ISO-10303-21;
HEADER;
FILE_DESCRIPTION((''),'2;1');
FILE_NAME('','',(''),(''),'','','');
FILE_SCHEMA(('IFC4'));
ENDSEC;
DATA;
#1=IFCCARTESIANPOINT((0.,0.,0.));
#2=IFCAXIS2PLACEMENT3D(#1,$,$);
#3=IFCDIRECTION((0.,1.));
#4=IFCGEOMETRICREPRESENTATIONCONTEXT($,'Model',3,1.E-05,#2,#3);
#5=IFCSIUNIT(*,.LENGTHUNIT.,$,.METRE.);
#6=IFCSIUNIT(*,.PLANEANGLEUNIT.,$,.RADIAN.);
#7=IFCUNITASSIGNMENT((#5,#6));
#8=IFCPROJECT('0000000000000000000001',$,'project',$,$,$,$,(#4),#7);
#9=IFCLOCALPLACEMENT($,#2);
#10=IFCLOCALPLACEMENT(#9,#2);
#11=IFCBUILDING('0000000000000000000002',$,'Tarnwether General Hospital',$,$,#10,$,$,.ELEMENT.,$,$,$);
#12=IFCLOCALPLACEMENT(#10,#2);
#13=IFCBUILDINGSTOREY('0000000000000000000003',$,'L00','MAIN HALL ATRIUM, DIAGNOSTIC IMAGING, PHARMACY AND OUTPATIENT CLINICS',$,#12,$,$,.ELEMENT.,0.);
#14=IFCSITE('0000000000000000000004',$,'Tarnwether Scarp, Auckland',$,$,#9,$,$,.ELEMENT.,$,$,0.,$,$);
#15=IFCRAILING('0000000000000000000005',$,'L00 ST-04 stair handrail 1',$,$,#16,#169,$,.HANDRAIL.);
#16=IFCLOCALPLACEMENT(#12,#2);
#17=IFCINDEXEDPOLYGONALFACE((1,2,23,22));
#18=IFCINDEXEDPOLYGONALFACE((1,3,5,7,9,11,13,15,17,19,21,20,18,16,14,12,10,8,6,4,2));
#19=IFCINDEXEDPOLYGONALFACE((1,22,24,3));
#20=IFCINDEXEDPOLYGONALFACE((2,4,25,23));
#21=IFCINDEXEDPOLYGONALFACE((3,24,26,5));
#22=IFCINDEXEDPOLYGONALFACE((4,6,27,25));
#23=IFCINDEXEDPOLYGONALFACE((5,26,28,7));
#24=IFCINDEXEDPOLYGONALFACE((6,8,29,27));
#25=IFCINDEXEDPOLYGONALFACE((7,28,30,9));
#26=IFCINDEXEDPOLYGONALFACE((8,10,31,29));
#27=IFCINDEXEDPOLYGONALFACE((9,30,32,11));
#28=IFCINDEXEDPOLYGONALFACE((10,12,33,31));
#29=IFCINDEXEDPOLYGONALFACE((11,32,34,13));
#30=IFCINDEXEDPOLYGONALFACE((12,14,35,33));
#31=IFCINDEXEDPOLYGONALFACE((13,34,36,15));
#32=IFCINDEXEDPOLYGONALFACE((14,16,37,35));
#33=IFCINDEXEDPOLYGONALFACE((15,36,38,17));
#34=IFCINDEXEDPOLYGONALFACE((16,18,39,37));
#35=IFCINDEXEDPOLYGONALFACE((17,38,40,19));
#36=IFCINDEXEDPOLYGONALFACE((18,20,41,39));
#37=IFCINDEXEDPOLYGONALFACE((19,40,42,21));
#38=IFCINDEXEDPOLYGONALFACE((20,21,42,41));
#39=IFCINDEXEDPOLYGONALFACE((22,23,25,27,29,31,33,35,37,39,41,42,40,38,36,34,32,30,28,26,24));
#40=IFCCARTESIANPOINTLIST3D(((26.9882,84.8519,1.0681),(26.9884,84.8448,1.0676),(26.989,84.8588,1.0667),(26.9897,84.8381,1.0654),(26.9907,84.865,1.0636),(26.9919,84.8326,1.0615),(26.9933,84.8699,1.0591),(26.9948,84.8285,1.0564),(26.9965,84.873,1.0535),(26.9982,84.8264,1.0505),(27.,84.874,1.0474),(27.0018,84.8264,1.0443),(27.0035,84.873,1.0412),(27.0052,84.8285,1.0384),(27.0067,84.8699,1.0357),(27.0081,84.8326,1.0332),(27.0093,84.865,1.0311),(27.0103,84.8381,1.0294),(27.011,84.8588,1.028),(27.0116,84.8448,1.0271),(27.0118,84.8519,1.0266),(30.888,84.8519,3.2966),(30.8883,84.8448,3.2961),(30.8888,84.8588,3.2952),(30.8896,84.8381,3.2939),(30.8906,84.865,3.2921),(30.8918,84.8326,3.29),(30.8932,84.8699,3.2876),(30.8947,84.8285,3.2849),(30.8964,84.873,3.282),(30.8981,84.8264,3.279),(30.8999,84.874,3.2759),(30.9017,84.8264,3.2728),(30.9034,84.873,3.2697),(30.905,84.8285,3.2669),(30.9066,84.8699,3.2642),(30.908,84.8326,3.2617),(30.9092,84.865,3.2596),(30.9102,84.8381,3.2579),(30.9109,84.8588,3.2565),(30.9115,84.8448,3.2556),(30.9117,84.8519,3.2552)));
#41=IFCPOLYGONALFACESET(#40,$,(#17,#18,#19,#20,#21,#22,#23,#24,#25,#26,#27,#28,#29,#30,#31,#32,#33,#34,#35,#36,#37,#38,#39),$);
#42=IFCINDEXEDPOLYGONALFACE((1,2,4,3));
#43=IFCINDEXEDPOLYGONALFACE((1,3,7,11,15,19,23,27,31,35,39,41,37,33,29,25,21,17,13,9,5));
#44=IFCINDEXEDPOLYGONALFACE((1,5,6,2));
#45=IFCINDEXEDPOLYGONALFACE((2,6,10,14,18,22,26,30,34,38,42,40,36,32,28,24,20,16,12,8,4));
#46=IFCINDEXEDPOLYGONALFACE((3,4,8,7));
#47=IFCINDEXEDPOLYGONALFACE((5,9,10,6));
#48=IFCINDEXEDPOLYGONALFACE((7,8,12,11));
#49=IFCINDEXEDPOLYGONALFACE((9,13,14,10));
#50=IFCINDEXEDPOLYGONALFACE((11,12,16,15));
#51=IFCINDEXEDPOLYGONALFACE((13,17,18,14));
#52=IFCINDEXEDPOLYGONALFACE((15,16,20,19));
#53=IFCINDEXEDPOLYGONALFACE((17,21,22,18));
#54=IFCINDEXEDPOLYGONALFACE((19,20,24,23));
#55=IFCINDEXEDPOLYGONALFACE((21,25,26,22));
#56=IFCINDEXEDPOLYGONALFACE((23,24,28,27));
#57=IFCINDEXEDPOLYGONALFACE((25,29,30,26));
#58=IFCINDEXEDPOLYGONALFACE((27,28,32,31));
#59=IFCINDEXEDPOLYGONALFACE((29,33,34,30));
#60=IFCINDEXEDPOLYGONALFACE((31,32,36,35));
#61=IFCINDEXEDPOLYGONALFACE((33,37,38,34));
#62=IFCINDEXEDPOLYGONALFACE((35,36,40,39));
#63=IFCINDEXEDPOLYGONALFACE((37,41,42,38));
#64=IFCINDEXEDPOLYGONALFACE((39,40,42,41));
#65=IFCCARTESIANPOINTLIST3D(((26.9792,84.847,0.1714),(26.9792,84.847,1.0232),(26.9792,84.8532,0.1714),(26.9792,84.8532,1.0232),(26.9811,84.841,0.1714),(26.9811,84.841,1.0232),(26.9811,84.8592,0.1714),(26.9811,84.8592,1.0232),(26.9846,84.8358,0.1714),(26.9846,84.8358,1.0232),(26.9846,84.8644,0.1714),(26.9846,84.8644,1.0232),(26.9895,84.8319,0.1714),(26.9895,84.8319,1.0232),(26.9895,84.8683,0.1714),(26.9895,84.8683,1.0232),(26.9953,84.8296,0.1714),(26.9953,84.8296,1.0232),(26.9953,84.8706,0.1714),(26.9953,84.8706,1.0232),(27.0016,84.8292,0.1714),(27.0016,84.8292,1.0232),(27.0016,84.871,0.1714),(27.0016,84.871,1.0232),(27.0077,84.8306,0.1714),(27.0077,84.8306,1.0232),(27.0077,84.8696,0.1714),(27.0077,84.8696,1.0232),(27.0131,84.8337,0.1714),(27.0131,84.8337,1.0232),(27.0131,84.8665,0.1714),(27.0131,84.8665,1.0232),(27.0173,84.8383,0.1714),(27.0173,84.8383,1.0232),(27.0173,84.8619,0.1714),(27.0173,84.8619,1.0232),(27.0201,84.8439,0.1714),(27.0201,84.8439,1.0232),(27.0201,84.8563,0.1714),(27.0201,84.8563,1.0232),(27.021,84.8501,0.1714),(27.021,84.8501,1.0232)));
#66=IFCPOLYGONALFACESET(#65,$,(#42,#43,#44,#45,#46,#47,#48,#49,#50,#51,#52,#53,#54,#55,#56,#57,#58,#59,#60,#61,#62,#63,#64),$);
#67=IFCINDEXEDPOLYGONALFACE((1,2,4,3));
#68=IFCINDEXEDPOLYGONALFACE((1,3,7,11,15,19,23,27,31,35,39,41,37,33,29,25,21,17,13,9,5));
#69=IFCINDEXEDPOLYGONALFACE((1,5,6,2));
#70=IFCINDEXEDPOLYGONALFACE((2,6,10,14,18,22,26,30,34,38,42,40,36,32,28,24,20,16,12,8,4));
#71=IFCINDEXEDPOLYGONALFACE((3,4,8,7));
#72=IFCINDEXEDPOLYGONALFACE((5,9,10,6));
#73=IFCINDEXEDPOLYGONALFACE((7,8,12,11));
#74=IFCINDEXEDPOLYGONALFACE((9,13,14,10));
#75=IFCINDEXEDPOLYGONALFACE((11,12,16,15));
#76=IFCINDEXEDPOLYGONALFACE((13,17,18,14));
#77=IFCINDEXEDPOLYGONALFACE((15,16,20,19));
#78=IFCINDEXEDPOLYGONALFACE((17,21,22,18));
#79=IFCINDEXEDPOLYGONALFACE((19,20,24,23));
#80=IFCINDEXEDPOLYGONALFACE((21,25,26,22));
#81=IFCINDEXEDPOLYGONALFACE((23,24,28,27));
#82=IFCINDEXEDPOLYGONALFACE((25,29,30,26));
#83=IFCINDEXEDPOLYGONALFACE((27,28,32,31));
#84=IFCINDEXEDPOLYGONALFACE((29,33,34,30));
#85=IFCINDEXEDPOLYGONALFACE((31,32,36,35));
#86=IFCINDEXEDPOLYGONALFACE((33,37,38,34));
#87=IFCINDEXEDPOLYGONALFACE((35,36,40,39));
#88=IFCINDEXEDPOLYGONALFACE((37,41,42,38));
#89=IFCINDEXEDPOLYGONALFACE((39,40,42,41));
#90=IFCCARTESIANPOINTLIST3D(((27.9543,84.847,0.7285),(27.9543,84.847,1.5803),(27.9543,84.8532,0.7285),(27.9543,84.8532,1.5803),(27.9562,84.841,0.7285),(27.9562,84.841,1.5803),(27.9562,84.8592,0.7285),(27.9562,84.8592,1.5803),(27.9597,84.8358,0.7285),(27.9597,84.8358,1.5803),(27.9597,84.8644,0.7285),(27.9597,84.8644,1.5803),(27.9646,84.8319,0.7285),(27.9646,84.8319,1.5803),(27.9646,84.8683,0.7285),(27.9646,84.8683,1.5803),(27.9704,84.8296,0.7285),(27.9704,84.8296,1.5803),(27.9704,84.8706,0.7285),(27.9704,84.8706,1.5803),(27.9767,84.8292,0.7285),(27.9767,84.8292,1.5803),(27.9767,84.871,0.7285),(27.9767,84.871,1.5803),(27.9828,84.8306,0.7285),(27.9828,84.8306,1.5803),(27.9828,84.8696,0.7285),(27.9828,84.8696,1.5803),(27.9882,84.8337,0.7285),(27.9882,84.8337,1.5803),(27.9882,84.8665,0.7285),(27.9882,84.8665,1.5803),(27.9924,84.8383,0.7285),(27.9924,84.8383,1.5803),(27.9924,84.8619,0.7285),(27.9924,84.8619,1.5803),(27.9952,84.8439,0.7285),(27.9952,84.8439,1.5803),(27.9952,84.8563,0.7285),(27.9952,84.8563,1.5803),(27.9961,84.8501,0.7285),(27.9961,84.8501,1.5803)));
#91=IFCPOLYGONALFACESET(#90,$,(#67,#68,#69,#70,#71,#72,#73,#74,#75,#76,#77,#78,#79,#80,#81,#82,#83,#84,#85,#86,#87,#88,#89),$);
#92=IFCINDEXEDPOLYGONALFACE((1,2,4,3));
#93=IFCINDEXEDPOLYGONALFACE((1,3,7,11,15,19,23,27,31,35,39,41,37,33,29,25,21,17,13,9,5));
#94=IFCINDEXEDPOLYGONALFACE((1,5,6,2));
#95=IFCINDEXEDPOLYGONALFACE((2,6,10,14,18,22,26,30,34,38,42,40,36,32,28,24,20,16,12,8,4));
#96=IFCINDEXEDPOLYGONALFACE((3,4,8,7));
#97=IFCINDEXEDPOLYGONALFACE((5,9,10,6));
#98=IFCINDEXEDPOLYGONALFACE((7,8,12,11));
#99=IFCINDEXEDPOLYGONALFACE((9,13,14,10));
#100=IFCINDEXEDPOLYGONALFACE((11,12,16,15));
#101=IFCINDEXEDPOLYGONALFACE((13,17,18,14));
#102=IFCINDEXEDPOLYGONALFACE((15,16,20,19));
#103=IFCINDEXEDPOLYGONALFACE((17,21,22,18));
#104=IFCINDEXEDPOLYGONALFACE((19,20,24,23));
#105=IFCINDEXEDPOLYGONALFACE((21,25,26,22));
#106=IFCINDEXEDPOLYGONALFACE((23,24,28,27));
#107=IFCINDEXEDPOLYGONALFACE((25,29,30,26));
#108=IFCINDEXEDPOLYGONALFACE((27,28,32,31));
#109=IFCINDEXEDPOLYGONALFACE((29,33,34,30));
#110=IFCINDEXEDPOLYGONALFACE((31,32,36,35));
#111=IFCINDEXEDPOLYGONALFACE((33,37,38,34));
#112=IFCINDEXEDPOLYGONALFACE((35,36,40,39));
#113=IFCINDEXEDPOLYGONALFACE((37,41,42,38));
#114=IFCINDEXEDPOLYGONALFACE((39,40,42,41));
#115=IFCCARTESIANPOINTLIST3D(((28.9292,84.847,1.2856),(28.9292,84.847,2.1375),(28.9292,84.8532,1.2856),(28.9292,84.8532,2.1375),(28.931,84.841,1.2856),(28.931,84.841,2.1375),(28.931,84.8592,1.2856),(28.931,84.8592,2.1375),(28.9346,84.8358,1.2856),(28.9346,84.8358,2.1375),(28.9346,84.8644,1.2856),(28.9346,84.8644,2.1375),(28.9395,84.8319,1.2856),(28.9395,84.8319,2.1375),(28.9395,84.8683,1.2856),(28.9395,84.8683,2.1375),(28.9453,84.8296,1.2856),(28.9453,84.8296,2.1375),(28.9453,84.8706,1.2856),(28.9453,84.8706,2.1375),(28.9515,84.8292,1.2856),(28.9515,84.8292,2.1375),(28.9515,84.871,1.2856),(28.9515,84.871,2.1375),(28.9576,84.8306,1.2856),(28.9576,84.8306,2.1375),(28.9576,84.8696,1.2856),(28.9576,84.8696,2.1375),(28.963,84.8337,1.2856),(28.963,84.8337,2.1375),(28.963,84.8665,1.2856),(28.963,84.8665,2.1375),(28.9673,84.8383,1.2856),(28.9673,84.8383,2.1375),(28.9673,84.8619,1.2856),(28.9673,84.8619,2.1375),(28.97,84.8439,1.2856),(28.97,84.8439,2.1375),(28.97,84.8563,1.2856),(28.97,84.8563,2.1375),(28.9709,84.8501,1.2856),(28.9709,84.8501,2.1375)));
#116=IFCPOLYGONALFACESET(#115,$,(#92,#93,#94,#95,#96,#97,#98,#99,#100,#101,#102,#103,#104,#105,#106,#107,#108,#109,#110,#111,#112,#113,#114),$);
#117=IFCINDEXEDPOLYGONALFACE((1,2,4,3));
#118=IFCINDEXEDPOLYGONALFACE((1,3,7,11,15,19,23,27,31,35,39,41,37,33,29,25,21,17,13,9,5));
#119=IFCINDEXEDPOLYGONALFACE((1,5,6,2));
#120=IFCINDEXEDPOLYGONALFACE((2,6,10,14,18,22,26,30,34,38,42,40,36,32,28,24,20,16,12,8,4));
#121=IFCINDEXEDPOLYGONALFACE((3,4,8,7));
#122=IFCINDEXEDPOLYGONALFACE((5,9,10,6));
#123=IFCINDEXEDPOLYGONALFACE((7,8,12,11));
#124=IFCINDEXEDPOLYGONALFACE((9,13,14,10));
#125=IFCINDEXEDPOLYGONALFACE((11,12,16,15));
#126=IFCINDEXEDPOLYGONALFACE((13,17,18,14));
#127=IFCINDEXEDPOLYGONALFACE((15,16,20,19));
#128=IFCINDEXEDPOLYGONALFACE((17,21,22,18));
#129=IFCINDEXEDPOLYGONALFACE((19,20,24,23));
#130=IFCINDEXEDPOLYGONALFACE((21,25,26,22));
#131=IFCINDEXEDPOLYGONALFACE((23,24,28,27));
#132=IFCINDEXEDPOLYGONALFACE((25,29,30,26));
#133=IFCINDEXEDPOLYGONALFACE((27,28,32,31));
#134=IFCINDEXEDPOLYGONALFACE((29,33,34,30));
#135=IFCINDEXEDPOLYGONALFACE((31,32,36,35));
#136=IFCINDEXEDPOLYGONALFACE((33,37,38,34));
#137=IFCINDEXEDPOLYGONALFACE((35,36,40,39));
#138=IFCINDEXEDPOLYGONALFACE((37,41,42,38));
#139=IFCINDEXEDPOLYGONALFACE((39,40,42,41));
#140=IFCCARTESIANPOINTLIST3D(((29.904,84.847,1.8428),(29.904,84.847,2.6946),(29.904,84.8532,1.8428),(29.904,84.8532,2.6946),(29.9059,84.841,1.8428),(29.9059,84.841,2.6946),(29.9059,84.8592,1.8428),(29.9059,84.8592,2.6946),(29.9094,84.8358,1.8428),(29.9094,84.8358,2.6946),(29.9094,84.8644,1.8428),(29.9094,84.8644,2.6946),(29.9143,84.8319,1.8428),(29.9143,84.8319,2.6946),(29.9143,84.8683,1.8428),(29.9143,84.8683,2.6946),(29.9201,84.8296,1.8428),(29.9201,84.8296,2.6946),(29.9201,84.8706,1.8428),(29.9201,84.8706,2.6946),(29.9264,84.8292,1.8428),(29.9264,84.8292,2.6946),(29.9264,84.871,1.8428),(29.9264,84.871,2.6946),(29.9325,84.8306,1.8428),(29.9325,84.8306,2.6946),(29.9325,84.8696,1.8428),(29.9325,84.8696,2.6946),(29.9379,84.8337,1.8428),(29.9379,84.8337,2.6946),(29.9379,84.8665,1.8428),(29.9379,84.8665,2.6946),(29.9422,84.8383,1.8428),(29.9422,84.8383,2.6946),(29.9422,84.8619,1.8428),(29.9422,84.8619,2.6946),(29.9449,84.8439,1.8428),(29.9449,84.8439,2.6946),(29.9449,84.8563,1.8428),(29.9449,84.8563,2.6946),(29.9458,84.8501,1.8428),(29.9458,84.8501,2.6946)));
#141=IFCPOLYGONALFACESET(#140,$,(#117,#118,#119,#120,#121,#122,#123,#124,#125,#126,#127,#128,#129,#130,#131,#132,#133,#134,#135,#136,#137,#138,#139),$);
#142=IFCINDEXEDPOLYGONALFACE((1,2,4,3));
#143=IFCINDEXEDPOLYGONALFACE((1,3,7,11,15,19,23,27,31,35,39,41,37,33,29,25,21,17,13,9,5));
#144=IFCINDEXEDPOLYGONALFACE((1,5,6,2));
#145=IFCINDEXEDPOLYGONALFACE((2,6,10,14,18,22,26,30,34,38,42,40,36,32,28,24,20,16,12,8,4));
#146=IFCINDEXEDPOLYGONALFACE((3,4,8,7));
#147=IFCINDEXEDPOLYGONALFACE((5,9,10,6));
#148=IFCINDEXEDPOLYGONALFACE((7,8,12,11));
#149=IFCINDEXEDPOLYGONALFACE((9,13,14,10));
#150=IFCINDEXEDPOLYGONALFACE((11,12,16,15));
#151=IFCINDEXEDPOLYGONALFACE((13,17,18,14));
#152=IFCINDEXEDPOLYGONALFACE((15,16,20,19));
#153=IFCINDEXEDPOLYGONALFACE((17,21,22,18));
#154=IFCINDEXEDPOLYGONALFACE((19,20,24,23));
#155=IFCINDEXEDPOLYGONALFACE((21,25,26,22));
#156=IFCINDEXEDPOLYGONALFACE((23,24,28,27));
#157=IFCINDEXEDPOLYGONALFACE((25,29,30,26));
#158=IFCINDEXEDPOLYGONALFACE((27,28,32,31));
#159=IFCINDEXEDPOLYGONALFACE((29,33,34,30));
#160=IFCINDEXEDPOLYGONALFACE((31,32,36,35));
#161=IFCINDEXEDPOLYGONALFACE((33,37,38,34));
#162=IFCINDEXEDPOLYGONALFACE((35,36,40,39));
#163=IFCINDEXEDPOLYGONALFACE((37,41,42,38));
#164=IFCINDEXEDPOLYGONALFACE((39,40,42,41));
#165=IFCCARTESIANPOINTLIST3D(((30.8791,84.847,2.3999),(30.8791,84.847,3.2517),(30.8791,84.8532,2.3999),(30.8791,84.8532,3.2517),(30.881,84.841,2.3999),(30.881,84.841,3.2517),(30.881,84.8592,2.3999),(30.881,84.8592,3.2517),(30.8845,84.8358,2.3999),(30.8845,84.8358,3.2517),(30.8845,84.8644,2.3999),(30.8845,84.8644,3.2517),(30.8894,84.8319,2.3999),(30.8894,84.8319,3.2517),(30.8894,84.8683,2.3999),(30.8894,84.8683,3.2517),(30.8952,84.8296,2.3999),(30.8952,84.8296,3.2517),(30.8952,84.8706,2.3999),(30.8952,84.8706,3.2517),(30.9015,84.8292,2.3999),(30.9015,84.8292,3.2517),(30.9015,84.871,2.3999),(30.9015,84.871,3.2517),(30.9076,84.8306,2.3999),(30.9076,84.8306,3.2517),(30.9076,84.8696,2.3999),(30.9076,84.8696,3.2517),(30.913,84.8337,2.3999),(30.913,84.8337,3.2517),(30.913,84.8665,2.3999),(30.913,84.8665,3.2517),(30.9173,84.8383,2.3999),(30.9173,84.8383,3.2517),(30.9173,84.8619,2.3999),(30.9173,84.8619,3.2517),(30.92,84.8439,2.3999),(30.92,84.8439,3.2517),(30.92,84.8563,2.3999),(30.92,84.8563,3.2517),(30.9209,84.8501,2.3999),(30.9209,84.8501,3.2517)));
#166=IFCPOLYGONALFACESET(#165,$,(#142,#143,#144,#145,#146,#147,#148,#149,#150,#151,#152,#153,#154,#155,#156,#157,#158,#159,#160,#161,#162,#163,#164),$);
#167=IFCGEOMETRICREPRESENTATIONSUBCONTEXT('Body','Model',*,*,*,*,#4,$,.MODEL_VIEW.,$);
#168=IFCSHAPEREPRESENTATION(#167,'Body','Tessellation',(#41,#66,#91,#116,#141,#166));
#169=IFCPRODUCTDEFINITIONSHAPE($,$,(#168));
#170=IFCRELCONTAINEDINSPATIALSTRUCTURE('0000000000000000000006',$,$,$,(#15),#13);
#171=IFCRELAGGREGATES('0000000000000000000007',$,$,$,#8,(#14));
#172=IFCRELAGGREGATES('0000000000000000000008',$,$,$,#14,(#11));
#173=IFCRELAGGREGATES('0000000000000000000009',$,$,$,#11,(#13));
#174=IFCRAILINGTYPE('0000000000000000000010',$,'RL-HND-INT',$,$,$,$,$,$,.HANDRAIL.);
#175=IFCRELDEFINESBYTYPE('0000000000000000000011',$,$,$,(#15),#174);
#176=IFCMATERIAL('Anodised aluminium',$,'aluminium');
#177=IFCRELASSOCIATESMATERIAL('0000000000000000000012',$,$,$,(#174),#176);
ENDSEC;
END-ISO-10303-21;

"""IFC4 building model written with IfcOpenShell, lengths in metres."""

from ifc_helpers import new_model, si_unit, direction, frame, origin, origin_2d, place, context, subcontext, project, spatial, circle, extrude, material, type_object, element, save


model = new_model("IFC4")

# Units and contexts
model_context = context("Model", 3, precision=1e-05, world=origin(), true_north=direction((0.0, 1.0)))
body_context = subcontext(model_context, "Body", "Model", "MODEL_VIEW")
ifc_project = project(units=[si_unit("LENGTHUNIT", "METRE"), si_unit("PLANEANGLEUNIT", "RADIAN")], contexts=[model_context])

# Site, building, storey
site_placement = place(None, origin())
site = spatial("IfcSite", under=ifc_project, at=site_placement, Name="Tarnwether Scarp, Auckland", CompositionType="ELEMENT", RefElevation=0.0)
building_placement = place(site_placement, origin())
building = spatial("IfcBuilding", under=site, at=building_placement, Name="Tarnwether General Hospital", CompositionType="ELEMENT")
storey_placement = place(building_placement, origin())
storey = spatial("IfcBuildingStorey", under=building, at=storey_placement, Name="L00", Description="MAIN HALL ATRIUM, DIAGNOSTIC IMAGING, PHARMACY AND OUTPATIENT CLINICS", CompositionType="ELEMENT", Elevation=0.0)

# Railing
ifc_material_1 = material(Name="Anodised aluminium", Category="aluminium")
railing_type_1 = type_object("IfcRailingType", Name="RL-HND-INT", PredefinedType="HANDRAIL", material=ifc_material_1)
railing_1_placement = place(storey_placement, frame((27.0, 84.8501, 0.1714)))
element("IfcRailing", 1, at=railing_1_placement, inside=storey, type_object=railing_type_1, Name="L00 ST-04 stair handrail 1", PredefinedType="HANDRAIL", context=body_context, shape_type="SweptSolid", body=[
    extrude(circle(Radius=0.0239, at=origin_2d()), frame((0.0, 0.0, 0.876), z_axis=(0.868243, 0.0, 0.496139), x_axis=(0.0, 1.0, 0.0)), (0.0, 0.0, 1.0), 4.4917),
    extrude(circle(Radius=0.021, at=origin_2d()), origin(), (0.0, 0.0, 1.0), 0.8518),
    extrude(circle(Radius=0.021, at=origin_2d()), frame((0.9751, 0.0, 0.5571)), (0.0, 0.0, 1.0), 0.8518),
    extrude(circle(Radius=0.021, at=origin_2d()), frame((1.95, 0.0, 1.1143)), (0.0, 0.0, 1.0), 0.8518),
    extrude(circle(Radius=0.021, at=origin_2d()), frame((2.9248, 0.0, 1.6714)), (0.0, 0.0, 1.0), 0.8518),
    extrude(circle(Radius=0.021, at=origin_2d()), frame((3.8999, 0.0, 2.2285)), (0.0, 0.0, 1.0), 0.8518),
])

save(model, "model.ifc")
